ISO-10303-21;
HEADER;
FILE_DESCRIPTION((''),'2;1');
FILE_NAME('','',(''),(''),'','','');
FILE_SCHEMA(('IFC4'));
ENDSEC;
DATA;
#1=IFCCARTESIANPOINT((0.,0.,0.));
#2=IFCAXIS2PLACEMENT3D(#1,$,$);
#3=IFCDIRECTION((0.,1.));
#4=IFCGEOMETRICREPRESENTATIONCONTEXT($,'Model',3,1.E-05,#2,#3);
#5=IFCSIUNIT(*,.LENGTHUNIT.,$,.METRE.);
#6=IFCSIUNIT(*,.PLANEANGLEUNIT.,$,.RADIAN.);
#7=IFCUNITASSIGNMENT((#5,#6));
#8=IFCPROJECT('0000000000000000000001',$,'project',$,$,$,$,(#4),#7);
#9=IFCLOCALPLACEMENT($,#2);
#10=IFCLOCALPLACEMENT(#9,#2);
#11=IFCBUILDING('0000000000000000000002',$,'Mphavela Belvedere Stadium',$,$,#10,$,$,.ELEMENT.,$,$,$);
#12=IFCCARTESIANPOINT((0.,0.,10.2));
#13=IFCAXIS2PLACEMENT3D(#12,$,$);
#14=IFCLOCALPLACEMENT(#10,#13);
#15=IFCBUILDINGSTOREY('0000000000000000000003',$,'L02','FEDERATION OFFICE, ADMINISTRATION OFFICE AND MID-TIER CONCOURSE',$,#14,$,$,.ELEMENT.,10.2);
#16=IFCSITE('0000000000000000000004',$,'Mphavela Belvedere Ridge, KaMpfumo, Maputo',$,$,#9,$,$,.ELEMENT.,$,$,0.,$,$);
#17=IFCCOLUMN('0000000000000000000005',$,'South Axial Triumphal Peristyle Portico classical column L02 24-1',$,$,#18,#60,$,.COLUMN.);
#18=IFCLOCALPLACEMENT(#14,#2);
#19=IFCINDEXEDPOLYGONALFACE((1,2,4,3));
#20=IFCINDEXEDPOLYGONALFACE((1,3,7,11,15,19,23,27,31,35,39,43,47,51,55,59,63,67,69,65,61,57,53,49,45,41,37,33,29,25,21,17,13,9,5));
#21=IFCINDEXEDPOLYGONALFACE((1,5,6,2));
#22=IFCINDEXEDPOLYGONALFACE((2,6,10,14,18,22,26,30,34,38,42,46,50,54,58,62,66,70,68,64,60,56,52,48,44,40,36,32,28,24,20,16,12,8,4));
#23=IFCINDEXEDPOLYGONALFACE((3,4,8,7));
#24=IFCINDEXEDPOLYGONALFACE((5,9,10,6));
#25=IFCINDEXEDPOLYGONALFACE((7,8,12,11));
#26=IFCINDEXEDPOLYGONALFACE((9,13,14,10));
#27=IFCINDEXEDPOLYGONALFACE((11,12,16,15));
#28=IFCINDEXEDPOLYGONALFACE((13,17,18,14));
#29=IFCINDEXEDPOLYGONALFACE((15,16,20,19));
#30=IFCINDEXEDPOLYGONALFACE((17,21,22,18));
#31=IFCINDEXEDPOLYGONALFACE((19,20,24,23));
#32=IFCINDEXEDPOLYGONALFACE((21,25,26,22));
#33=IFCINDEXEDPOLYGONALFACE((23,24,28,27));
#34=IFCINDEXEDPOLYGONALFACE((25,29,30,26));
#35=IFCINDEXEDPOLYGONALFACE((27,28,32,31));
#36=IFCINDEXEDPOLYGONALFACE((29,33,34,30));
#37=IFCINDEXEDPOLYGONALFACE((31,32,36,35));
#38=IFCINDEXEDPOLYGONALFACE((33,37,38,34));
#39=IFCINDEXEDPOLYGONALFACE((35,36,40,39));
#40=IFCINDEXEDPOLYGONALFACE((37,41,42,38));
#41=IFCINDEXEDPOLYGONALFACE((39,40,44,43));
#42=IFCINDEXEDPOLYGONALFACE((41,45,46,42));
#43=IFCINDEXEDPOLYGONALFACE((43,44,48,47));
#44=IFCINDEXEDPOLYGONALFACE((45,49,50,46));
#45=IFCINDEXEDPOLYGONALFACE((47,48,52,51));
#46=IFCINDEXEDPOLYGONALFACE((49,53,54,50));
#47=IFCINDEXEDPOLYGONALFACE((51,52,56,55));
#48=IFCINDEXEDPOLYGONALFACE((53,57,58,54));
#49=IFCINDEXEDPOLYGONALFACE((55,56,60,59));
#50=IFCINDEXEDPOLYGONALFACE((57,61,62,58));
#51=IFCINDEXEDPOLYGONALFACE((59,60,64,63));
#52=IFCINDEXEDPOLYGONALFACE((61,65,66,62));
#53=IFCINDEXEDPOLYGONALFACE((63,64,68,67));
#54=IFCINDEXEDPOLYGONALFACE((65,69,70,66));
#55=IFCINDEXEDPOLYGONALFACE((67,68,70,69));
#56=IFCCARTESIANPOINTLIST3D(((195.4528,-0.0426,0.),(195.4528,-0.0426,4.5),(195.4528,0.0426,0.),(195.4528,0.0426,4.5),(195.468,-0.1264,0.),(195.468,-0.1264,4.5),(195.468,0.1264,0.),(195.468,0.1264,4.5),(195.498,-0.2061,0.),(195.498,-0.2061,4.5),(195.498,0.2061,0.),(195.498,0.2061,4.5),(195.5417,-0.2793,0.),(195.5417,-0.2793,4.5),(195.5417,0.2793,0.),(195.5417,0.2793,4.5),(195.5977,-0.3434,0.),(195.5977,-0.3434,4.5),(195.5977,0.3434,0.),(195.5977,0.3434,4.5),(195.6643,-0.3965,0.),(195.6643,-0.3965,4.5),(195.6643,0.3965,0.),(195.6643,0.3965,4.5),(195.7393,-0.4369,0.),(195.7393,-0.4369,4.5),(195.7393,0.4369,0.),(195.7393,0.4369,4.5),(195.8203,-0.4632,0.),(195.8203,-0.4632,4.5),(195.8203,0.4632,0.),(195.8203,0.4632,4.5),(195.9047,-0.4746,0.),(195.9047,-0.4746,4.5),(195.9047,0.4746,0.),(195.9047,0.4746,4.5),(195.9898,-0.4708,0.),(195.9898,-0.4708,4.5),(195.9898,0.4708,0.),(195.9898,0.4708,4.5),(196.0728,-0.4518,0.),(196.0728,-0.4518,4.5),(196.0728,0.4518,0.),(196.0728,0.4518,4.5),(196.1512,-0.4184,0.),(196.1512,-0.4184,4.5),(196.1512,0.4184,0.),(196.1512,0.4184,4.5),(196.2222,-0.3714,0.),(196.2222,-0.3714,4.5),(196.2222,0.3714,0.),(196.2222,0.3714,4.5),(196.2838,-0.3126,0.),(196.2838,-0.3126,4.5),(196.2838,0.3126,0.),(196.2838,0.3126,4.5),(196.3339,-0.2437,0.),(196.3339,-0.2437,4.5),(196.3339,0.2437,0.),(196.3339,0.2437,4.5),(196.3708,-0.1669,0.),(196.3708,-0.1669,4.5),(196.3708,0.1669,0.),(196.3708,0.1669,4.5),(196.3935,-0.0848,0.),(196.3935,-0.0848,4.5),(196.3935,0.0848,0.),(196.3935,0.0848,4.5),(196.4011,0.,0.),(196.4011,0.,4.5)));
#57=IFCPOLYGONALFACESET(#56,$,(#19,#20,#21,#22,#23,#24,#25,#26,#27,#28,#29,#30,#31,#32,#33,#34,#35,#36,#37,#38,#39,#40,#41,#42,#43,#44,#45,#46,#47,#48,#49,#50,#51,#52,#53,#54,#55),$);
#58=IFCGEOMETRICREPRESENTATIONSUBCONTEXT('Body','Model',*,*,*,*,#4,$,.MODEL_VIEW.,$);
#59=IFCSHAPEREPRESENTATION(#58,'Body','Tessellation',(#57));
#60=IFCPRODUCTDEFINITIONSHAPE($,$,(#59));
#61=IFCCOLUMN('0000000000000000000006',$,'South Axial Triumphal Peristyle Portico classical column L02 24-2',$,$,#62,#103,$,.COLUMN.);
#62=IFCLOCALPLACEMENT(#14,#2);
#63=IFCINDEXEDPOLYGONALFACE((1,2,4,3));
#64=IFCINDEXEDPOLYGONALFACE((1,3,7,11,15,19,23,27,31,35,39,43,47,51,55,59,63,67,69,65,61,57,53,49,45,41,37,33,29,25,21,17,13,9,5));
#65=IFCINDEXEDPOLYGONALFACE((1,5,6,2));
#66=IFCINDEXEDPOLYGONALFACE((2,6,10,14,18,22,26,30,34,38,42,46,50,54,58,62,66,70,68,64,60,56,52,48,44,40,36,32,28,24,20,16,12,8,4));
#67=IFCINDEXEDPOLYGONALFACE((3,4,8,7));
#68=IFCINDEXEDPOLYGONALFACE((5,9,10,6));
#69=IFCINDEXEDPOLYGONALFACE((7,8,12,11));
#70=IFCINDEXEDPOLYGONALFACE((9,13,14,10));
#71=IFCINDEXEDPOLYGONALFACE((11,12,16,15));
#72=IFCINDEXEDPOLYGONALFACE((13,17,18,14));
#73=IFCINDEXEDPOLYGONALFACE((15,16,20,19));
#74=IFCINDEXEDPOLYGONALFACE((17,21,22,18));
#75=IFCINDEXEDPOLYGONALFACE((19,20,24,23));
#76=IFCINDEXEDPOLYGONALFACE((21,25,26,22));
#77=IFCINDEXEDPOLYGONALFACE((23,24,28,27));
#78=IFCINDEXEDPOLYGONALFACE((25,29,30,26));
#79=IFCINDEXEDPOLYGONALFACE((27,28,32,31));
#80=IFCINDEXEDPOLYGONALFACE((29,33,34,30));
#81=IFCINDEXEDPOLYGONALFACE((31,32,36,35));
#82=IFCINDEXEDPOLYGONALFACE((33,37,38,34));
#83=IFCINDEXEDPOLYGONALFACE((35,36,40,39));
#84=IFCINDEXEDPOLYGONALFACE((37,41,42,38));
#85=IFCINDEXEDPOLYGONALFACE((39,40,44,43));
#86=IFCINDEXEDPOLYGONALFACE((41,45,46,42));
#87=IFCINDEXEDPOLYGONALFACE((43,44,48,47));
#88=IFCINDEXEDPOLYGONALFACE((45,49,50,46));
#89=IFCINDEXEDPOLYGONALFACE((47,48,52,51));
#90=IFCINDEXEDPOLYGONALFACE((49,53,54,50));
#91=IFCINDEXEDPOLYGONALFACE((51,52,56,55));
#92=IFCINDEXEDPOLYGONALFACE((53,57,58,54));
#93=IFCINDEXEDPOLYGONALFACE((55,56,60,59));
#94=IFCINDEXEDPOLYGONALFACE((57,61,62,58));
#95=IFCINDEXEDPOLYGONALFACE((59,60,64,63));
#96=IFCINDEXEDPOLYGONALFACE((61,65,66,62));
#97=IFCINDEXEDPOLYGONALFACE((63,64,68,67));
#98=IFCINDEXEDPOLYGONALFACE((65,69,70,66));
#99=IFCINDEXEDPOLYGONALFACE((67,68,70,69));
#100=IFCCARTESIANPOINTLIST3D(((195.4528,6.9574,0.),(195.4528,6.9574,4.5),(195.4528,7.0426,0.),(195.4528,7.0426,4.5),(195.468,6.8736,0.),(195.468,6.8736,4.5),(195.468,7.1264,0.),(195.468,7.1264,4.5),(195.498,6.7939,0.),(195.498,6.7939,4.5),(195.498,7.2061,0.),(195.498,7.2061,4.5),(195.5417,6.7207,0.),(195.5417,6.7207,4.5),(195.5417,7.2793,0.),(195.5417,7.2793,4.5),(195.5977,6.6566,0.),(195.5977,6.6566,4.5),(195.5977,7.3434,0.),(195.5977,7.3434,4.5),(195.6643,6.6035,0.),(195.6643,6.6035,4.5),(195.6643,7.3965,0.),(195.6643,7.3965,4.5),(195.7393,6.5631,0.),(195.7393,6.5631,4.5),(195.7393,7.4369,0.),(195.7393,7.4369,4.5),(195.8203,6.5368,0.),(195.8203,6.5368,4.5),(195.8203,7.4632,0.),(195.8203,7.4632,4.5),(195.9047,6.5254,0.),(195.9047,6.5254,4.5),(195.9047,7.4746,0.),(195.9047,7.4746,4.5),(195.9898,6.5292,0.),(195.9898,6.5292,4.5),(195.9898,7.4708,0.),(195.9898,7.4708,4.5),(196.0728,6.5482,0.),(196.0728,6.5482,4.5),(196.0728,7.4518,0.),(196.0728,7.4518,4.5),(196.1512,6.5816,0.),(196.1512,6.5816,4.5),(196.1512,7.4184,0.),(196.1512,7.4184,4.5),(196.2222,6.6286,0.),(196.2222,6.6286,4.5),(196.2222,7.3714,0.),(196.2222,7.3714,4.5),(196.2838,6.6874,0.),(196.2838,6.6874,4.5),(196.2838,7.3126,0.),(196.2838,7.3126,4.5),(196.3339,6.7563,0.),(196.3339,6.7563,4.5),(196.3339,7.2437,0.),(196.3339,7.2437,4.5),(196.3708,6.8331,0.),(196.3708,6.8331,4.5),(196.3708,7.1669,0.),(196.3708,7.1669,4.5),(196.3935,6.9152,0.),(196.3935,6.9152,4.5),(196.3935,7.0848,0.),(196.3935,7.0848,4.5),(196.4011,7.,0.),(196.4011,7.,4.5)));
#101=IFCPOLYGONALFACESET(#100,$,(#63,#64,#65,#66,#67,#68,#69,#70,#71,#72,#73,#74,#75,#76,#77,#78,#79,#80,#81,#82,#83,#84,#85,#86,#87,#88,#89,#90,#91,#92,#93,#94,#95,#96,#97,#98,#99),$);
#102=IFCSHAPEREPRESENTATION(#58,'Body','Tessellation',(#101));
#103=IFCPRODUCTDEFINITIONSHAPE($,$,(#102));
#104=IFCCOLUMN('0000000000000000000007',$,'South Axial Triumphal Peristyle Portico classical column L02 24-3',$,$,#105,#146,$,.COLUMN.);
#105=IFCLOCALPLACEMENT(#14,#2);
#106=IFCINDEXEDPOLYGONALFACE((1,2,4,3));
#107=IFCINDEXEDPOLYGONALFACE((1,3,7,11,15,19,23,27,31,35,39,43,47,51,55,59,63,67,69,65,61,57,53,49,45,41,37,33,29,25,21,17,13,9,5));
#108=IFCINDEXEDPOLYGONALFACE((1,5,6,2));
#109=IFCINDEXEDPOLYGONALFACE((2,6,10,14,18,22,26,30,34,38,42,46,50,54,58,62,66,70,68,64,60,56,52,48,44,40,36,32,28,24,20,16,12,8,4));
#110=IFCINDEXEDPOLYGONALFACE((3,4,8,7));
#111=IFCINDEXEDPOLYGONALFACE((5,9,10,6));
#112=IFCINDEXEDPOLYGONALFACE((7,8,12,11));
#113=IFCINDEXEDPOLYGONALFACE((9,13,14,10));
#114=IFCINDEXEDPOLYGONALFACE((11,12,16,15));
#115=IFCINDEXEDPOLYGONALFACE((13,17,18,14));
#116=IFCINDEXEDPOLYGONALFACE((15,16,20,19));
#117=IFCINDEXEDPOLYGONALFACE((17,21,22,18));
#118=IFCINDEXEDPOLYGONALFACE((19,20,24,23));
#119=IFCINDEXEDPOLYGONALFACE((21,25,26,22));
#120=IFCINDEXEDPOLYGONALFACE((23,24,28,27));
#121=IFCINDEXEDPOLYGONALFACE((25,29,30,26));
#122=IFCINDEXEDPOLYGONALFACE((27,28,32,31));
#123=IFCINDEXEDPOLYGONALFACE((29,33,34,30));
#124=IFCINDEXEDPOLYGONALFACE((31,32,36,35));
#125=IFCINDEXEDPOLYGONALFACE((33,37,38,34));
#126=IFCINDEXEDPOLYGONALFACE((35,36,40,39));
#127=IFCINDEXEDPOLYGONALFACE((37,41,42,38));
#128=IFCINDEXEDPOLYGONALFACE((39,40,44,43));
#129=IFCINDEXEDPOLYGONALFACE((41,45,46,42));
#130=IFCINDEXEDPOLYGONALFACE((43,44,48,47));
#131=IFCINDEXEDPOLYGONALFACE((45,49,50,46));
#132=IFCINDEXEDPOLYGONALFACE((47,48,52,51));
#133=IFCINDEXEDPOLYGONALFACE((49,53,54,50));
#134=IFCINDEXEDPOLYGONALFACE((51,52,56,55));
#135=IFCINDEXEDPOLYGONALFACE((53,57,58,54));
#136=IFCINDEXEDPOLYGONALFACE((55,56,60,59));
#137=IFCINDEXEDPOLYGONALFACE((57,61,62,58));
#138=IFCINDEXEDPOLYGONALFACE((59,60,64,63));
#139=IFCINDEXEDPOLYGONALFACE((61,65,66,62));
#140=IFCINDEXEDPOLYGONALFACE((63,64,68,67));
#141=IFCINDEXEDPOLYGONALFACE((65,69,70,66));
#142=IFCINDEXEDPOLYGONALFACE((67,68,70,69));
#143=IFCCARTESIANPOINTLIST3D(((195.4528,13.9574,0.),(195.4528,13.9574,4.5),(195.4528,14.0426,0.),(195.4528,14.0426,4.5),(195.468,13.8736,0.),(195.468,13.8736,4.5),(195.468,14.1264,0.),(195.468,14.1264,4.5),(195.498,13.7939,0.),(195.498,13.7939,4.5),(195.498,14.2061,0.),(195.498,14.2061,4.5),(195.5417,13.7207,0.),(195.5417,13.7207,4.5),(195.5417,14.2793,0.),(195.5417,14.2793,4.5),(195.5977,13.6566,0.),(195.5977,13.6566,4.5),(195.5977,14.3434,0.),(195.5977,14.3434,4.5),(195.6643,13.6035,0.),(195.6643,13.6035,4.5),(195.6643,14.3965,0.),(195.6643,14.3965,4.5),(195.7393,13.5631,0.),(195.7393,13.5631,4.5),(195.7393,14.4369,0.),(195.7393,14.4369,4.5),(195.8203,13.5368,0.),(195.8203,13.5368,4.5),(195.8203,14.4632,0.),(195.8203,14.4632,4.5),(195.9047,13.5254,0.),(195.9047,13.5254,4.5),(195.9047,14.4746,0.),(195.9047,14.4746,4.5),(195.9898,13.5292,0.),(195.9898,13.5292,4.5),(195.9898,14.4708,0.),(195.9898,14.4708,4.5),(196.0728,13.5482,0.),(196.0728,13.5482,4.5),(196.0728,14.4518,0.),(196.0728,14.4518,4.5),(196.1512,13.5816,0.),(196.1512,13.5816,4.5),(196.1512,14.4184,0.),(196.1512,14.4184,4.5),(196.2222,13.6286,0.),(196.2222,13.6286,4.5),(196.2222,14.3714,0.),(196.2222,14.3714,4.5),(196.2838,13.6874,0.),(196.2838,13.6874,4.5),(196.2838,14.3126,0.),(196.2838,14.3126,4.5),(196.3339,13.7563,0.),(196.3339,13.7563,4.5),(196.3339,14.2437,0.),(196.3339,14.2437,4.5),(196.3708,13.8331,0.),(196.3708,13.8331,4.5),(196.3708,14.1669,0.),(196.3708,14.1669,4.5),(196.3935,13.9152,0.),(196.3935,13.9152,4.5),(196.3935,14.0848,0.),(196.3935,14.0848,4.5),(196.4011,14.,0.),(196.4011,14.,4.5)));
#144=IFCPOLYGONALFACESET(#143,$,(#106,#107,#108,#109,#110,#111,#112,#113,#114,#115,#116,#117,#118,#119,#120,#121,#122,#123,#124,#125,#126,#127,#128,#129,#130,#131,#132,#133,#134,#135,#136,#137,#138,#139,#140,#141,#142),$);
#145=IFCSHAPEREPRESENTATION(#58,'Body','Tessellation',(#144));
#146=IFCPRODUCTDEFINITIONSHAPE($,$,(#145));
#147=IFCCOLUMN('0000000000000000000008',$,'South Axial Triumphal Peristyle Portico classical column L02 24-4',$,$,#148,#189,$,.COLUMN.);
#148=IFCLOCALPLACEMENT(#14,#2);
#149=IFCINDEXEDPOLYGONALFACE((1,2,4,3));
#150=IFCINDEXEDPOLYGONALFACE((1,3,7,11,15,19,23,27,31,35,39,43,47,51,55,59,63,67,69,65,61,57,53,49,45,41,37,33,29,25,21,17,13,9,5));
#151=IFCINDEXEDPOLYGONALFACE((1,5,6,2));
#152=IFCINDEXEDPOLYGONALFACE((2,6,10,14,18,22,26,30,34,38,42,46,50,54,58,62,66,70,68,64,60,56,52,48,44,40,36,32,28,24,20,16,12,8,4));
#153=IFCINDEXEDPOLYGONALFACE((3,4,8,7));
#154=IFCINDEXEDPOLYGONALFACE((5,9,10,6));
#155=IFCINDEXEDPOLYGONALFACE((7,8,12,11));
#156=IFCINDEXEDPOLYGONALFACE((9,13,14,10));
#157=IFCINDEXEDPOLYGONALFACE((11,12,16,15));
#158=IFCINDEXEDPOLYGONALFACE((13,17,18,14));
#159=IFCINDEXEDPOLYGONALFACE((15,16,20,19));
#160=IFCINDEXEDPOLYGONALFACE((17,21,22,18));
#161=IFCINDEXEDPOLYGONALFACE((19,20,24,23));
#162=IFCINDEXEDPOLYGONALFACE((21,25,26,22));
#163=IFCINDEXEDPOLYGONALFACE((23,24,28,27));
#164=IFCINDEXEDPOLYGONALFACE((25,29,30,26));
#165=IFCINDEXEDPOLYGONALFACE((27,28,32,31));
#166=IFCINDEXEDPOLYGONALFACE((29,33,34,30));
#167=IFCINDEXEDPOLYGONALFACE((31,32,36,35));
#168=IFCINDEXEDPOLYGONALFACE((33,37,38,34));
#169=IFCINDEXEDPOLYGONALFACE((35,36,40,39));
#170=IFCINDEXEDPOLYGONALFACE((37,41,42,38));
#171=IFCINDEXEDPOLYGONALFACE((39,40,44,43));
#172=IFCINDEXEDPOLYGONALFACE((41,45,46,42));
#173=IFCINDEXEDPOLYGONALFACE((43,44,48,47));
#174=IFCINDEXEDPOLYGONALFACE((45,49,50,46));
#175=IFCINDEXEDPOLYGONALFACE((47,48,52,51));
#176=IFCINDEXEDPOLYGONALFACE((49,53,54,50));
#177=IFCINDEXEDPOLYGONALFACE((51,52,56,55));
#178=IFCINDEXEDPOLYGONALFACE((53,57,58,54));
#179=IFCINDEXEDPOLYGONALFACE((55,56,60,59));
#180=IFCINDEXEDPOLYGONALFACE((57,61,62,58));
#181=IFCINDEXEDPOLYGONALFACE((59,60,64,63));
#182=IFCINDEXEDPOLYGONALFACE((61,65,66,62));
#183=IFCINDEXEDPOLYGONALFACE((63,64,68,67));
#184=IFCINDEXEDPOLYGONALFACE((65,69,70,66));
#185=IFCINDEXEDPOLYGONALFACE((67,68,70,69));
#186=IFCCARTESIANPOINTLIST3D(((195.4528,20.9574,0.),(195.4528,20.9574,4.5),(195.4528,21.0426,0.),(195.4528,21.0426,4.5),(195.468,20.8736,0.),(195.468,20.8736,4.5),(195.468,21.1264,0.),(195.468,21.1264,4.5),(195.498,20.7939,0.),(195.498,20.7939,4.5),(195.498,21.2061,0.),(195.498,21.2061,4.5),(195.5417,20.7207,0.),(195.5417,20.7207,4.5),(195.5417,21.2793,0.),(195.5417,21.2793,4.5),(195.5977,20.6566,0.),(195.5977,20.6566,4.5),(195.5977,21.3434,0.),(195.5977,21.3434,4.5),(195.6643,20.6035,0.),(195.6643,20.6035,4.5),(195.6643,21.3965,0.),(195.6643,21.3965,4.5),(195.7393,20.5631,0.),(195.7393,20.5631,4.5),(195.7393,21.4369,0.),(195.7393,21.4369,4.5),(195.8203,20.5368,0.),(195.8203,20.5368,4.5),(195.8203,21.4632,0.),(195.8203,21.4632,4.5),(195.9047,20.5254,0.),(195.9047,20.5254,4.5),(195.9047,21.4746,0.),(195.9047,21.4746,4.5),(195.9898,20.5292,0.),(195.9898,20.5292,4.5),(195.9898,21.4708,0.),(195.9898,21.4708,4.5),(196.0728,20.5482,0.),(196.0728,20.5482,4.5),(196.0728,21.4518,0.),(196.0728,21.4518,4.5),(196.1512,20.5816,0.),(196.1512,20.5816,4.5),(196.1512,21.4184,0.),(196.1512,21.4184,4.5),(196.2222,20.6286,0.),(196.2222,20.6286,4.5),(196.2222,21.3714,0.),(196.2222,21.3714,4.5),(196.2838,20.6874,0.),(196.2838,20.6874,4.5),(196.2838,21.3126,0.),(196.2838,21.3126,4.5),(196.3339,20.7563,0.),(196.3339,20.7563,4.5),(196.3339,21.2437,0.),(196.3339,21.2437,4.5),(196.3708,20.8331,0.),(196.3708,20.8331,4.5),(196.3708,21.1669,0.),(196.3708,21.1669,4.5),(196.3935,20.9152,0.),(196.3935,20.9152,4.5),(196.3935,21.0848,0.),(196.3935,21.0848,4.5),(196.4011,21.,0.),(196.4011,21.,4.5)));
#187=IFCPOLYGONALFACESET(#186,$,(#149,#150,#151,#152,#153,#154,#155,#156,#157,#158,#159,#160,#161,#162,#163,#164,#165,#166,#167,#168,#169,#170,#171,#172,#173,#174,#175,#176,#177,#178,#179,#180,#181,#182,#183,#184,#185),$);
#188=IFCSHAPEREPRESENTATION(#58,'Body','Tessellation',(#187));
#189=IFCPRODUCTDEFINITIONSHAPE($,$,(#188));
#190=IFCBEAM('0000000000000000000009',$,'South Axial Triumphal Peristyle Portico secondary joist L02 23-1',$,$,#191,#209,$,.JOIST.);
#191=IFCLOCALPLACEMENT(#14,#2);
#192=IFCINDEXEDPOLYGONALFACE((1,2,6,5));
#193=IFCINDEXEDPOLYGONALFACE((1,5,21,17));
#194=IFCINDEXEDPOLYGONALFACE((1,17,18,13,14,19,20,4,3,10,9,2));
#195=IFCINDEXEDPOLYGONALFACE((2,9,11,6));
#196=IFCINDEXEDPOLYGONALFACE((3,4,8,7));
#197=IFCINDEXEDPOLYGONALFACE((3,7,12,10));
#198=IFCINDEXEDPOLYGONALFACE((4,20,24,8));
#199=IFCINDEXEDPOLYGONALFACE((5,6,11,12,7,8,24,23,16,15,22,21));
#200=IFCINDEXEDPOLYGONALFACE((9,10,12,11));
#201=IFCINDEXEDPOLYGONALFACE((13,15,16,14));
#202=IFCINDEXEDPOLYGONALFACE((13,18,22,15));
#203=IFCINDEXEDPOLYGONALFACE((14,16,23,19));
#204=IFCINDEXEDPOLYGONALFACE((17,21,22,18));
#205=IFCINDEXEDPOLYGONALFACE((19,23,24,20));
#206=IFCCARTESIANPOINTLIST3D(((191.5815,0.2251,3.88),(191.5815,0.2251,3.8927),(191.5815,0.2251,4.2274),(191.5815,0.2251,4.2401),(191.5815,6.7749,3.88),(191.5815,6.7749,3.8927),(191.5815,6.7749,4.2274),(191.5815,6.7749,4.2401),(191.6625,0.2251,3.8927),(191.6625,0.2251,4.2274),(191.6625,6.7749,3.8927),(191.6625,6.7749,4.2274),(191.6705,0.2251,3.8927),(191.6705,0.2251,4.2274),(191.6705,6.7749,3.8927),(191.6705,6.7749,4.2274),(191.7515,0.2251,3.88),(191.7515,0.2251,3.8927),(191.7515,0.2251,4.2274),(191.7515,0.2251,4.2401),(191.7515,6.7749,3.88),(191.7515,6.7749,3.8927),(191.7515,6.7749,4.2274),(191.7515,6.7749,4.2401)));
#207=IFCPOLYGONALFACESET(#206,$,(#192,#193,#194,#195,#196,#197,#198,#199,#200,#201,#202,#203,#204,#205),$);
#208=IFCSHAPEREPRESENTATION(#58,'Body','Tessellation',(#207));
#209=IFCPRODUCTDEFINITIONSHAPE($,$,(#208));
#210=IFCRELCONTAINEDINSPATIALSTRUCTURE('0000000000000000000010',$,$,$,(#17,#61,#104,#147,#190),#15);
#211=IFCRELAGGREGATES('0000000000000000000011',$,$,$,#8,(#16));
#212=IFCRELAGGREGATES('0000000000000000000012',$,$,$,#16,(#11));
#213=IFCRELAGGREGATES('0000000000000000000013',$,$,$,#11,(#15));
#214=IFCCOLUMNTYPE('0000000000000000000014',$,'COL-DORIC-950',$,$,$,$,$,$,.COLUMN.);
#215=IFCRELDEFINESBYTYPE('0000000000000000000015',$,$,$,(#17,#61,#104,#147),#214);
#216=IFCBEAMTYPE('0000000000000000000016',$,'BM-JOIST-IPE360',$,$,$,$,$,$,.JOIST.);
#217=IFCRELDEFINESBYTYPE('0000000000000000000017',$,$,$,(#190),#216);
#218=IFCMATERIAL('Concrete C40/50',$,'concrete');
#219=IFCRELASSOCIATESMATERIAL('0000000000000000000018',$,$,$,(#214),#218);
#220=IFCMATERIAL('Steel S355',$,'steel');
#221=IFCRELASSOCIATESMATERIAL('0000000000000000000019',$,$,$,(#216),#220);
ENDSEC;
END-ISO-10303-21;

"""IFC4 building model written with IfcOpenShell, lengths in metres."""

from ifc_helpers import new_model, si_unit, direction, frame, origin, origin_2d, place, context, subcontext, project, spatial, circle, i_section, extrude, material, material_profile, profile_set, type_object, element, save


model = new_model("IFC4")

# Units and contexts
model_context = context("Model", 3, precision=1e-05, world=origin(), true_north=direction((0.0, 1.0)))
body_context = subcontext(model_context, "Body", "Model", "MODEL_VIEW")
ifc_project = project(units=[si_unit("LENGTHUNIT", "METRE"), si_unit("PLANEANGLEUNIT", "RADIAN")], contexts=[model_context])

# Site, building, storey
site_placement = place(None, origin())
site = spatial("IfcSite", under=ifc_project, at=site_placement, Name="Mphavela Belvedere Ridge, KaMpfumo, Maputo", CompositionType="ELEMENT", RefElevation=0.0)
building_placement = place(site_placement, origin())
building = spatial("IfcBuilding", under=site, at=building_placement, Name="Mphavela Belvedere Stadium", CompositionType="ELEMENT")
storey_placement = place(building_placement, frame((0.0, 0.0, 10.2)))
storey = spatial("IfcBuildingStorey", under=building, at=storey_placement, Name="L02", Description="FEDERATION OFFICE, ADMINISTRATION OFFICE AND MID-TIER CONCOURSE", CompositionType="ELEMENT", Elevation=10.2)

# Columns
ifc_material_1 = material(Name="Concrete C40/50", Category="concrete")
ifc_material_profile_1 = material_profile(ifc_material_1, circle(Radius=0.4751, at=origin_2d()), Name="COL D950")
ifc_profile_set_1 = profile_set([ifc_material_profile_1], Name="Concrete C40/50")
column_type = type_object("IfcColumnType", Name="COL-DORIC-950", PredefinedType="COLUMN", material=ifc_profile_set_1)
for number, where, z_axis, x_axis, name in (
    (1, (195.926, 0.0, 0.0), (0.0, 0.0, 1.0), (1.0, 0.0, 0.0), "South Axial Triumphal Peristyle Portico classical column L02 24-1"),
    (2, (195.926, 7.0, 0.0), (0.0, 0.0, 1.0), (1.0, 0.0, 0.0), "South Axial Triumphal Peristyle Portico classical column L02 24-2"),
    (3, (195.926, 14.0, 0.0), (0.0, 0.0, 1.0), (1.0, 0.0, 0.0), "South Axial Triumphal Peristyle Portico classical column L02 24-3"),
    (4, (195.926, 21.0, 0.0), (0.0, 0.0, 1.0), (1.0, 0.0, 0.0), "South Axial Triumphal Peristyle Portico classical column L02 24-4"),
):
    element("IfcColumn", number, at=place(storey_placement, frame(where, z_axis=z_axis, x_axis=x_axis)), inside=storey, type_object=column_type, Name=name, PredefinedType="COLUMN", context=body_context, shape_type="SweptSolid", body=[
        extrude(circle(Radius=0.4751, at=origin_2d()), origin(), (0.0, 0.0, 1.0), 4.5),
    ])

# Beam
ifc_material_2 = material(Name="Steel S355", Category="steel")
ifc_material_profile_2 = material_profile(ifc_material_2, i_section(OverallWidth=0.1699, OverallDepth=0.3601, WebThickness=0.0081, FlangeThickness=0.0127, at=origin_2d()), Name="IPE 360")
ifc_profile_set_2 = profile_set([ifc_material_profile_2], Name="Steel S355")
beam_type_1 = type_object("IfcBeamType", Name="BM-JOIST-IPE360", PredefinedType="JOIST", material=ifc_profile_set_2)
for number, where, z_axis, x_axis, name in (
    (5, (191.6665, 0.2251, 4.0601), (0.0, 1.0, 0.0), (-1.0, 0.0, 0.0), "South Axial Triumphal Peristyle Portico secondary joist L02 23-1"),
):
    element("IfcBeam", number, at=place(storey_placement, frame(where, z_axis=z_axis, x_axis=x_axis)), inside=storey, type_object=beam_type_1, Name=name, PredefinedType="JOIST", context=body_context, shape_type="SweptSolid", body=[
        extrude(i_section(OverallWidth=0.1699, OverallDepth=0.3601, WebThickness=0.0081, FlangeThickness=0.0127, at=origin_2d()), origin(), (0.0, 0.0, 1.0), 6.5498),
    ])

save(model, "model.ifc")
